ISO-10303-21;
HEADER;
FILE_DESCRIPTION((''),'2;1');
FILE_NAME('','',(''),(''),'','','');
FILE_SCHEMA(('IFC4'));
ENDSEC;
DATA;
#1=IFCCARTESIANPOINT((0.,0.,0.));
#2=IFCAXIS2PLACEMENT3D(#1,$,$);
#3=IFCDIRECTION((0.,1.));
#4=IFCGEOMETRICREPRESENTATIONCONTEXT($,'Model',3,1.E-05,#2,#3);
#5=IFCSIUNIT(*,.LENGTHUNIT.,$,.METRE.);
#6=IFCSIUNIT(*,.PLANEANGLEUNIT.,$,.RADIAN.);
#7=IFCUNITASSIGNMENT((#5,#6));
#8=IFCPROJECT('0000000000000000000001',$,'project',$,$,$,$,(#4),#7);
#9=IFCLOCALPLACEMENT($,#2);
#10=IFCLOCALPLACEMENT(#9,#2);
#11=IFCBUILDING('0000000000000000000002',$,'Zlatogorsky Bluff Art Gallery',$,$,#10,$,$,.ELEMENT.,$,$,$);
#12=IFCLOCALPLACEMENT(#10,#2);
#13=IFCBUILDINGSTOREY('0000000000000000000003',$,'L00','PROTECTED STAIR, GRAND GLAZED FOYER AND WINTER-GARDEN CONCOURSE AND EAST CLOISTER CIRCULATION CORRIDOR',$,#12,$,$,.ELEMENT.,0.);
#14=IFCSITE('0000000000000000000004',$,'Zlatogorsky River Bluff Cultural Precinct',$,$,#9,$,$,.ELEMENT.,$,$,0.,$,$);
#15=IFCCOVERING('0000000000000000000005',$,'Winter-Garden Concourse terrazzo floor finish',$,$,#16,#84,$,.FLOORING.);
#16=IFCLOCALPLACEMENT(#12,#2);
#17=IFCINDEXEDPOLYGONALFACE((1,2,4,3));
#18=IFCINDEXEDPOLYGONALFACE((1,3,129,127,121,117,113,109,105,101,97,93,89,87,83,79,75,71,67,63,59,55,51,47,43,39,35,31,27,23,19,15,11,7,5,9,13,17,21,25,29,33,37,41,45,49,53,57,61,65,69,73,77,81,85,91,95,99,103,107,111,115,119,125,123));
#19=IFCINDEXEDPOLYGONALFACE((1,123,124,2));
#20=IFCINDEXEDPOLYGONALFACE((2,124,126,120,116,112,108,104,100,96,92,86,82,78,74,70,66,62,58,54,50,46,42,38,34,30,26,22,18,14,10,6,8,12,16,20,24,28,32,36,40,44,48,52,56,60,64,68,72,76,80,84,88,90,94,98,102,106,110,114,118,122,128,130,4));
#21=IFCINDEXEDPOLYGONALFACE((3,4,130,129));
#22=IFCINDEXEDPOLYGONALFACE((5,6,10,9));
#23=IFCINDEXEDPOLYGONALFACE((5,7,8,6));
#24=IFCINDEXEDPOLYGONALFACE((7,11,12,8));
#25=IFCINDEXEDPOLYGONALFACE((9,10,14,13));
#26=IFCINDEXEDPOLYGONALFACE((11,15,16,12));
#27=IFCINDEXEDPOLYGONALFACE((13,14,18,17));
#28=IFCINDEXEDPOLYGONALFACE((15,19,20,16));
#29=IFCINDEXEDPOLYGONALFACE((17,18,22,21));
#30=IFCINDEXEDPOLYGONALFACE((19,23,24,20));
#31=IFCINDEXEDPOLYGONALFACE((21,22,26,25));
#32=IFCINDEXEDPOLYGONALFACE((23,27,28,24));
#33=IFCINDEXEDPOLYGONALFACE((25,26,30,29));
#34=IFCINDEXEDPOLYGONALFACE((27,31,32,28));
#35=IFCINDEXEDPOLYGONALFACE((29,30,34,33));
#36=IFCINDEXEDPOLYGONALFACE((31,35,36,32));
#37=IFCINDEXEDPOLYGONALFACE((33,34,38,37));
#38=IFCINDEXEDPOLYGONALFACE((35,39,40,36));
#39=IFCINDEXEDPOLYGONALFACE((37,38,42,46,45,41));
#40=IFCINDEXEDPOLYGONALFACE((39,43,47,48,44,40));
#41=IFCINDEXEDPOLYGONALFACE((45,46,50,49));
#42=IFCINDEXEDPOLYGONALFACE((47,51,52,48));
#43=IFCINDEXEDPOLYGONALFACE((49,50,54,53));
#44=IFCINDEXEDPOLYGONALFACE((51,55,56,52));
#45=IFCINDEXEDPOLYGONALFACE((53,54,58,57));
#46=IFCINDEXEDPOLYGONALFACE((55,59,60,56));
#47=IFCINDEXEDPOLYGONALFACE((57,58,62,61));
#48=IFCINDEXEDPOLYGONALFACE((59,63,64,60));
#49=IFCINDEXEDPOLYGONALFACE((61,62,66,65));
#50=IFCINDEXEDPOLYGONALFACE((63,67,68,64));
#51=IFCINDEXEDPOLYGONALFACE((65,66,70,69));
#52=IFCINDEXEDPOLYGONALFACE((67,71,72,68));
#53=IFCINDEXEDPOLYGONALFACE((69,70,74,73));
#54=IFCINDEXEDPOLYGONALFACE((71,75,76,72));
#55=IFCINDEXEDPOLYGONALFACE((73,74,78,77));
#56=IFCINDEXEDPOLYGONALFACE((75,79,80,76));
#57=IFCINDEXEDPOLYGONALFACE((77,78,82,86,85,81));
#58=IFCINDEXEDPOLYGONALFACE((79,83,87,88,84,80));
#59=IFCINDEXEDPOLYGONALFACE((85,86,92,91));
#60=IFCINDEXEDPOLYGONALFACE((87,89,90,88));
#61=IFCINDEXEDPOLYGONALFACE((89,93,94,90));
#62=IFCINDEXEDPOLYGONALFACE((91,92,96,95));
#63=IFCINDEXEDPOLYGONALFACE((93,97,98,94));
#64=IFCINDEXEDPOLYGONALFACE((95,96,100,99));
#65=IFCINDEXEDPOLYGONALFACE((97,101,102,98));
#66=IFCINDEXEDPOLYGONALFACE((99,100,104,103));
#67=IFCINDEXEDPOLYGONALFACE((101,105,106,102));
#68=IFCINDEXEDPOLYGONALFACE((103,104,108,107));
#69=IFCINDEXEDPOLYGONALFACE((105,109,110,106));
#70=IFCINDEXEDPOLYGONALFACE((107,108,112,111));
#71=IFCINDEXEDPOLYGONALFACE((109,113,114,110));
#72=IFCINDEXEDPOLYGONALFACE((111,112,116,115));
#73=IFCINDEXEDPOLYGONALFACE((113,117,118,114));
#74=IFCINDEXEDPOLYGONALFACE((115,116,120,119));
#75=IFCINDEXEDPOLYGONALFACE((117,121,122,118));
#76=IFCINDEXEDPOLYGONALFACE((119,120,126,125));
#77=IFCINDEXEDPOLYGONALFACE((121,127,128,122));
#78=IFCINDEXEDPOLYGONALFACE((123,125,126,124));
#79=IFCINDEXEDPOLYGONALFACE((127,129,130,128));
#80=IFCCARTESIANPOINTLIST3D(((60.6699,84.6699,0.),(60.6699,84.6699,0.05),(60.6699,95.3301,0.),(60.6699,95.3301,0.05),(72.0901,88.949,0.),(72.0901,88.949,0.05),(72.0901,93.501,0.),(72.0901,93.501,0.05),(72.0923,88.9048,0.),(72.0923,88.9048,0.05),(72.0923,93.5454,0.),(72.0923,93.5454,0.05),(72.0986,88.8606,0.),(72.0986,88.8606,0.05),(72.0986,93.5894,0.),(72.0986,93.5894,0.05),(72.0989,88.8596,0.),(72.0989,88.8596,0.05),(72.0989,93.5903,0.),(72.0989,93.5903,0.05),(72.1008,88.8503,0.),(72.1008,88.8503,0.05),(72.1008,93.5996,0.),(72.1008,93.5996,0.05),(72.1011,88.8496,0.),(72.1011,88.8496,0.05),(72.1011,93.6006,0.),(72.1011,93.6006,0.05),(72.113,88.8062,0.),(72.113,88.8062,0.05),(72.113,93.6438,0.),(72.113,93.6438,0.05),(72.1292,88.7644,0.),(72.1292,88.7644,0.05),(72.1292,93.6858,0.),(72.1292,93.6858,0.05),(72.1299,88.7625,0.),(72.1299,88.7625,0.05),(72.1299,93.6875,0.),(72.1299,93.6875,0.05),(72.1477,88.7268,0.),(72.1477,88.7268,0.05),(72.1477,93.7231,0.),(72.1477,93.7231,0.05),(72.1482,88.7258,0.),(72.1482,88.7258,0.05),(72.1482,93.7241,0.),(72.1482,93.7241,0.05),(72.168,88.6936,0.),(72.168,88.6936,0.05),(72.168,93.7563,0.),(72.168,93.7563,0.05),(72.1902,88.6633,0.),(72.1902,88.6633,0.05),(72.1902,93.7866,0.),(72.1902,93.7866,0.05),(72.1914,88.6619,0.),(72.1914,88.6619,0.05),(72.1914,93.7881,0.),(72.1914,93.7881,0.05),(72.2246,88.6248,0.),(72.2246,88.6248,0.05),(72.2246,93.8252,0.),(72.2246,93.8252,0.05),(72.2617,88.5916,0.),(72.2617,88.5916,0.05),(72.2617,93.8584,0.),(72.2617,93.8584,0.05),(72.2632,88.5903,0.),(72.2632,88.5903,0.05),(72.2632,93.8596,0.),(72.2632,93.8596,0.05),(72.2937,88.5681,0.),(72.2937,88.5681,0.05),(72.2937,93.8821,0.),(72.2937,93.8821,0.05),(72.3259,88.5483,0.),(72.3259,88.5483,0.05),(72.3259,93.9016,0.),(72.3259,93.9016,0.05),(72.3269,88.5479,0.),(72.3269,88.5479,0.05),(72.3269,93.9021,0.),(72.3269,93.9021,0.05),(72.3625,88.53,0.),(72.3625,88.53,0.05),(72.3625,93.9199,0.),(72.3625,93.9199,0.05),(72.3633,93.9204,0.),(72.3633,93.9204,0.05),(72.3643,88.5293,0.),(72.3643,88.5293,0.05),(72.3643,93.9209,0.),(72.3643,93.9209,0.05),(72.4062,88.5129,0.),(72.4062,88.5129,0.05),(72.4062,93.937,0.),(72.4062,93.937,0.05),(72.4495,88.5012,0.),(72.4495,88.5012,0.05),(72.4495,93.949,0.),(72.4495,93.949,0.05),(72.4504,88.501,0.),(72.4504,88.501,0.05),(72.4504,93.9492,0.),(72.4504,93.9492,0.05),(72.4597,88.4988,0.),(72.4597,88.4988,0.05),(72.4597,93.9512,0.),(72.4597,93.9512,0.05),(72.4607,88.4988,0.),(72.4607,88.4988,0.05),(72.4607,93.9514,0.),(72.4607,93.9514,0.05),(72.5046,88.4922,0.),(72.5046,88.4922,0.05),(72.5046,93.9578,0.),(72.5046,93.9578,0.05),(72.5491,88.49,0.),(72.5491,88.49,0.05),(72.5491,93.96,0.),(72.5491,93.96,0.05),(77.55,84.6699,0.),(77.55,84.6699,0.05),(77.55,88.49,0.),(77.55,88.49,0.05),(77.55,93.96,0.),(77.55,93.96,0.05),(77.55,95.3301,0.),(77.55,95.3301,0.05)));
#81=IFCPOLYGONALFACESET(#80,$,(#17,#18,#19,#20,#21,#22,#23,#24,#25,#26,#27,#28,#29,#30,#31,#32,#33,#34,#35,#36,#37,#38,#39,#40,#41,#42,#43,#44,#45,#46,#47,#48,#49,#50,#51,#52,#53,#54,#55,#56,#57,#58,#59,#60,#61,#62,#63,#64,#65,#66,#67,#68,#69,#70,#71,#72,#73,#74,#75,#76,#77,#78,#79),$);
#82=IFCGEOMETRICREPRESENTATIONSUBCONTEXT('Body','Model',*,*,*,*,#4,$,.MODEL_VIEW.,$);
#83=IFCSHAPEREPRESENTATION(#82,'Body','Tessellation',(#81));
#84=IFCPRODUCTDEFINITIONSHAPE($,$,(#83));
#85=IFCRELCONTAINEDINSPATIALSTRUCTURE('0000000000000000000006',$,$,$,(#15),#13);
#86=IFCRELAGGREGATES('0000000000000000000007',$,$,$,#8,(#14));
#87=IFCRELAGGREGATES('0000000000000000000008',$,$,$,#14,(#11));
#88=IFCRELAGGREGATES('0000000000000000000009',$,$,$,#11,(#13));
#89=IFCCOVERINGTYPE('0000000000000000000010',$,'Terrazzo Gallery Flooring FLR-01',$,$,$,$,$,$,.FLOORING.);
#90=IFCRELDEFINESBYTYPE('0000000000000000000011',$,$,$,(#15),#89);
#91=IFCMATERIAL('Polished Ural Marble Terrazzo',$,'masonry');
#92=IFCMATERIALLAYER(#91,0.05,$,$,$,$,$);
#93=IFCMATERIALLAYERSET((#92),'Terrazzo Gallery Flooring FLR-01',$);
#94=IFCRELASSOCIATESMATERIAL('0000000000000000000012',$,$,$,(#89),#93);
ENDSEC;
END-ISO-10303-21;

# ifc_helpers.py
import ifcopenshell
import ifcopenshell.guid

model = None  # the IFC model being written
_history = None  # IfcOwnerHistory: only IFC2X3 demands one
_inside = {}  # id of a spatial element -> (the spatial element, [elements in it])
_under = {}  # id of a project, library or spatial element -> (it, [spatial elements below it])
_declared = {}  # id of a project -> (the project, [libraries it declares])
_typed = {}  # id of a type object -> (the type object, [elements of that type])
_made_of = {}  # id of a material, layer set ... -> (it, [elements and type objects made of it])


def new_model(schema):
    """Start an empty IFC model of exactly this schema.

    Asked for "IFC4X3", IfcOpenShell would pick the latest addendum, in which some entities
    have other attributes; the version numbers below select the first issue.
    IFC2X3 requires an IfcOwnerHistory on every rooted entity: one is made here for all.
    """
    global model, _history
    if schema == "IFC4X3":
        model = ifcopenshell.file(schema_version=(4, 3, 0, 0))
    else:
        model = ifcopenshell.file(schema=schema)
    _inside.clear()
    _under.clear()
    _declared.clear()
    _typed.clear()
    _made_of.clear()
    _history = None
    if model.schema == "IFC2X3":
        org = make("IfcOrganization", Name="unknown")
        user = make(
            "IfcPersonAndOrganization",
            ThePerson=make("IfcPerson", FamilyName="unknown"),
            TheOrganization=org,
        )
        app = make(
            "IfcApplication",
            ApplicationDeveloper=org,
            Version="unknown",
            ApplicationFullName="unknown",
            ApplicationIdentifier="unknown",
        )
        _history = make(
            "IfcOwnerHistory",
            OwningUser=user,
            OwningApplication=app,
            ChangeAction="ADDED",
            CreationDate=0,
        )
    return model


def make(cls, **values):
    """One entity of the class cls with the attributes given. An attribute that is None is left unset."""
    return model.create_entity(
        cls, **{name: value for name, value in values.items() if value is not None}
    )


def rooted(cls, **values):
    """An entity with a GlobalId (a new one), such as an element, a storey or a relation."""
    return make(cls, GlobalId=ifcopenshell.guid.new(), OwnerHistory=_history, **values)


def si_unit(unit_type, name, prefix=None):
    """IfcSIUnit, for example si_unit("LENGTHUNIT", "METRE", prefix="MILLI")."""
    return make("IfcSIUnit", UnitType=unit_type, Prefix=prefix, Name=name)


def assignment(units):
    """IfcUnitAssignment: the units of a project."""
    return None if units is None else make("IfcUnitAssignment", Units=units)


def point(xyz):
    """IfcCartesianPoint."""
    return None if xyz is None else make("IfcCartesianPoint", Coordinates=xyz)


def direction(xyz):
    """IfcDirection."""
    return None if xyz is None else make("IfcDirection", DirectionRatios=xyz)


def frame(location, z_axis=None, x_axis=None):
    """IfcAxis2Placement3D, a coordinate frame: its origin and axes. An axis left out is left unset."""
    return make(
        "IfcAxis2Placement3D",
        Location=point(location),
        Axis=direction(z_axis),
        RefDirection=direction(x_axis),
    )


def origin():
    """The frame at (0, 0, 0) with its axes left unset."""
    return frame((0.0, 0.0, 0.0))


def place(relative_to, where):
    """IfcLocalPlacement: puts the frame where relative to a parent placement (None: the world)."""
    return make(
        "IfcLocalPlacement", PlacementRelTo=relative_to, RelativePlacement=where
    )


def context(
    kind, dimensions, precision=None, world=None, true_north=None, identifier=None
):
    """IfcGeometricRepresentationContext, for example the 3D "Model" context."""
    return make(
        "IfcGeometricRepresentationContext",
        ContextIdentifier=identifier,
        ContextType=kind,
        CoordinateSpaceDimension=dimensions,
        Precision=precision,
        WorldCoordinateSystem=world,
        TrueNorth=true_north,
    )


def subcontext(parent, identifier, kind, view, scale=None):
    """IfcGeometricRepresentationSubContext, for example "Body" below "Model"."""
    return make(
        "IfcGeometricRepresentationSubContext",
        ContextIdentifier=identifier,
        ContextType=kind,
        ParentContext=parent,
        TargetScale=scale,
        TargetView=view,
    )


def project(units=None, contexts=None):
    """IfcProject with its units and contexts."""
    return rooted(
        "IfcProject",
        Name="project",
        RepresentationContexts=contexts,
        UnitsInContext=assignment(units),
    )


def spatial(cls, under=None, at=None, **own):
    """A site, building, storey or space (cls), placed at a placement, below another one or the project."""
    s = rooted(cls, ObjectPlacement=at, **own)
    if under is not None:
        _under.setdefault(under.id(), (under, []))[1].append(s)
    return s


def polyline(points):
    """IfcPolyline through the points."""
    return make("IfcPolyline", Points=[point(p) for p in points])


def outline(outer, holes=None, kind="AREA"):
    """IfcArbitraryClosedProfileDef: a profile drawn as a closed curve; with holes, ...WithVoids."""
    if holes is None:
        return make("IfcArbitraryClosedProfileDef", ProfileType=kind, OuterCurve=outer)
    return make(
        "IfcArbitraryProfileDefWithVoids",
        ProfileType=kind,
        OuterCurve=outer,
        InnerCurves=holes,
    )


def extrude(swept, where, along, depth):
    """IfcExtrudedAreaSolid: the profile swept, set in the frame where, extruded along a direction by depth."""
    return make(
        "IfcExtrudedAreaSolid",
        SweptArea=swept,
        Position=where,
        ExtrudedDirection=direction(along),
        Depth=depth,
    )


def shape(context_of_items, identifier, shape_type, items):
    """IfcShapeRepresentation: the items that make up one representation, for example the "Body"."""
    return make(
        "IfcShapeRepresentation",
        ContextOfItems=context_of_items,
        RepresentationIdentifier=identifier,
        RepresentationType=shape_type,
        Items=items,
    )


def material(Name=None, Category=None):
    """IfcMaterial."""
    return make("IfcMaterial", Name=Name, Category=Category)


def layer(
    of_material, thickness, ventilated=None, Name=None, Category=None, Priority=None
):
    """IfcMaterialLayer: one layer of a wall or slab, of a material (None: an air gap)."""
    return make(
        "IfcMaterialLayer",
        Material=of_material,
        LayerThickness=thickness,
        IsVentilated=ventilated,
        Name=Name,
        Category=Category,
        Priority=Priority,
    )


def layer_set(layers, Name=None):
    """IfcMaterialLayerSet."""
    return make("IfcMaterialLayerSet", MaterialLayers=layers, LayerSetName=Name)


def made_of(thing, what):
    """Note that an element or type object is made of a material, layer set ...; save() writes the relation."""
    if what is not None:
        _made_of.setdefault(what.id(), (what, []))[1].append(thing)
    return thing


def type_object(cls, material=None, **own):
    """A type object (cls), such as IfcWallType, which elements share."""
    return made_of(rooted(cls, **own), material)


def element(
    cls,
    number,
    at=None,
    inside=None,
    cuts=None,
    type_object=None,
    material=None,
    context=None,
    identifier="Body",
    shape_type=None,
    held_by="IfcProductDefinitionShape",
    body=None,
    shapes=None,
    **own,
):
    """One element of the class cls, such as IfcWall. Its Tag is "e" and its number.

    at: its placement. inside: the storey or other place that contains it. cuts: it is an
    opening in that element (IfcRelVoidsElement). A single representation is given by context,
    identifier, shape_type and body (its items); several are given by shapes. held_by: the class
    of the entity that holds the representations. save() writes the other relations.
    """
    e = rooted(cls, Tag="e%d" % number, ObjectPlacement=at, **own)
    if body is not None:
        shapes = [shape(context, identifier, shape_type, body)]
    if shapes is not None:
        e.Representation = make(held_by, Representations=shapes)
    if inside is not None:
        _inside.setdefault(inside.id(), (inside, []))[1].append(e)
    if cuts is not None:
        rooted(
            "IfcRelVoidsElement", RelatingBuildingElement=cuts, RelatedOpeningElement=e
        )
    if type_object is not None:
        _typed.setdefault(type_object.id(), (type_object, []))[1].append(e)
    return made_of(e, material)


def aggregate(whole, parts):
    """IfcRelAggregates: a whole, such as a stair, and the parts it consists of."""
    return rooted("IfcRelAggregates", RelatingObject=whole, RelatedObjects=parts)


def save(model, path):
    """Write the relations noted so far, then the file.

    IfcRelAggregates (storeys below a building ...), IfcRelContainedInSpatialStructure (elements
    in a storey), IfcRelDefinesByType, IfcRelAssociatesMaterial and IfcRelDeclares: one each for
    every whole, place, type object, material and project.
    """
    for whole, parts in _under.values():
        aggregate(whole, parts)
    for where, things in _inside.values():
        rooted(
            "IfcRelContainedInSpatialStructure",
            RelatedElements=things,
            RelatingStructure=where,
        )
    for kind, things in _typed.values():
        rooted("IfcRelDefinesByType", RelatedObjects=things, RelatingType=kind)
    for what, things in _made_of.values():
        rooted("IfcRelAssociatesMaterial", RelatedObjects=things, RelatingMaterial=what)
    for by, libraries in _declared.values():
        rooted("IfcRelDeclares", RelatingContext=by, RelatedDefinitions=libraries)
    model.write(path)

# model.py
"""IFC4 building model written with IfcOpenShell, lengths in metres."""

from ifc_helpers import new_model, si_unit, direction, origin, place, context, subcontext, project, spatial, polyline, outline, extrude, material, layer, layer_set, type_object, element, save


model = new_model("IFC4")

# Units and contexts
model_context = context("Model", 3, precision=1e-05, world=origin(), true_north=direction((0.0, 1.0)))
body_context = subcontext(model_context, "Body", "Model", "MODEL_VIEW")
ifc_project = project(units=[si_unit("LENGTHUNIT", "METRE"), si_unit("PLANEANGLEUNIT", "RADIAN")], contexts=[model_context])

# Site, building, storey
site_placement = place(None, origin())
site = spatial("IfcSite", under=ifc_project, at=site_placement, Name="Zlatogorsky River Bluff Cultural Precinct", CompositionType="ELEMENT", RefElevation=0.0)
building_placement = place(site_placement, origin())
building = spatial("IfcBuilding", under=site, at=building_placement, Name="Zlatogorsky Bluff Art Gallery", CompositionType="ELEMENT")
storey_placement = place(building_placement, origin())
storey = spatial("IfcBuildingStorey", under=building, at=storey_placement, Name="L00", Description="PROTECTED STAIR, GRAND GLAZED FOYER AND WINTER-GARDEN CONCOURSE AND EAST CLOISTER CIRCULATION CORRIDOR", CompositionType="ELEMENT", Elevation=0.0)

# Covering
ifc_material_1 = material(Name="Polished Ural Marble Terrazzo", Category="masonry")
ifc_layer_1 = layer(ifc_material_1, 0.05)
ifc_layer_set_1 = layer_set([ifc_layer_1], Name="Terrazzo Gallery Flooring FLR-01")
covering_type_1 = type_object("IfcCoveringType", Name="Terrazzo Gallery Flooring FLR-01", PredefinedType="FLOORING", material=ifc_layer_set_1)
covering_1_placement = place(storey_placement, origin())
element("IfcCovering", 1, at=covering_1_placement, inside=storey, type_object=covering_type_1, Name="Winter-Garden Concourse terrazzo floor finish", PredefinedType="FLOORING", context=body_context, shape_type="SweptSolid", body=[
    extrude(outline(polyline([(77.55, 93.96), (72.5491, 93.96), (72.5046, 93.9578), (72.4607, 93.9514), (72.4597, 93.9512), (72.4504, 93.9492), (72.4495, 93.949), (72.4062, 93.937), (72.3643, 93.9209), (72.3633, 93.9204), (72.3625, 93.9199), (72.3269, 93.9021), (72.3259, 93.9016), (72.2937, 93.8821), (72.2632, 93.8596), (72.2617, 93.8584), (72.2246, 93.8252), (72.1914, 93.7881), (72.1902, 93.7866), (72.168, 93.7563), (72.1482, 93.7241), (72.1477, 93.7231), (72.1299, 93.6875), (72.1292, 93.6858), (72.113, 93.6438), (72.1011, 93.6006), (72.1008, 93.5996), (72.0989, 93.5903), (72.0986, 93.5894), (72.0923, 93.5454), (72.0901, 93.501), (72.0901, 88.949), (72.0923, 88.9048), (72.0986, 88.8606), (72.0989, 88.8596), (72.1008, 88.8503), (72.1011, 88.8496), (72.113, 88.8062), (72.1292, 88.7644), (72.1299, 88.7625), (72.1477, 88.7268), (72.1482, 88.7258), (72.168, 88.6936), (72.1902, 88.6633), (72.1914, 88.6619), (72.2246, 88.6248), (72.2617, 88.5916), (72.2632, 88.5903), (72.2937, 88.5681), (72.3259, 88.5483), (72.3269, 88.5479), (72.3625, 88.53), (72.3643, 88.5293), (72.4062, 88.5129), (72.4495, 88.5012), (72.4504, 88.501), (72.4597, 88.4988), (72.4607, 88.4988), (72.5046, 88.4922), (72.5491, 88.49), (77.55, 88.49), (77.55, 84.6699), (60.6699, 84.6699), (60.6699, 95.3301), (77.55, 95.3301), (77.55, 93.96)])), origin(), (0.0, 0.0, 1.0), 0.05),
])

save(model, "model.ifc")
